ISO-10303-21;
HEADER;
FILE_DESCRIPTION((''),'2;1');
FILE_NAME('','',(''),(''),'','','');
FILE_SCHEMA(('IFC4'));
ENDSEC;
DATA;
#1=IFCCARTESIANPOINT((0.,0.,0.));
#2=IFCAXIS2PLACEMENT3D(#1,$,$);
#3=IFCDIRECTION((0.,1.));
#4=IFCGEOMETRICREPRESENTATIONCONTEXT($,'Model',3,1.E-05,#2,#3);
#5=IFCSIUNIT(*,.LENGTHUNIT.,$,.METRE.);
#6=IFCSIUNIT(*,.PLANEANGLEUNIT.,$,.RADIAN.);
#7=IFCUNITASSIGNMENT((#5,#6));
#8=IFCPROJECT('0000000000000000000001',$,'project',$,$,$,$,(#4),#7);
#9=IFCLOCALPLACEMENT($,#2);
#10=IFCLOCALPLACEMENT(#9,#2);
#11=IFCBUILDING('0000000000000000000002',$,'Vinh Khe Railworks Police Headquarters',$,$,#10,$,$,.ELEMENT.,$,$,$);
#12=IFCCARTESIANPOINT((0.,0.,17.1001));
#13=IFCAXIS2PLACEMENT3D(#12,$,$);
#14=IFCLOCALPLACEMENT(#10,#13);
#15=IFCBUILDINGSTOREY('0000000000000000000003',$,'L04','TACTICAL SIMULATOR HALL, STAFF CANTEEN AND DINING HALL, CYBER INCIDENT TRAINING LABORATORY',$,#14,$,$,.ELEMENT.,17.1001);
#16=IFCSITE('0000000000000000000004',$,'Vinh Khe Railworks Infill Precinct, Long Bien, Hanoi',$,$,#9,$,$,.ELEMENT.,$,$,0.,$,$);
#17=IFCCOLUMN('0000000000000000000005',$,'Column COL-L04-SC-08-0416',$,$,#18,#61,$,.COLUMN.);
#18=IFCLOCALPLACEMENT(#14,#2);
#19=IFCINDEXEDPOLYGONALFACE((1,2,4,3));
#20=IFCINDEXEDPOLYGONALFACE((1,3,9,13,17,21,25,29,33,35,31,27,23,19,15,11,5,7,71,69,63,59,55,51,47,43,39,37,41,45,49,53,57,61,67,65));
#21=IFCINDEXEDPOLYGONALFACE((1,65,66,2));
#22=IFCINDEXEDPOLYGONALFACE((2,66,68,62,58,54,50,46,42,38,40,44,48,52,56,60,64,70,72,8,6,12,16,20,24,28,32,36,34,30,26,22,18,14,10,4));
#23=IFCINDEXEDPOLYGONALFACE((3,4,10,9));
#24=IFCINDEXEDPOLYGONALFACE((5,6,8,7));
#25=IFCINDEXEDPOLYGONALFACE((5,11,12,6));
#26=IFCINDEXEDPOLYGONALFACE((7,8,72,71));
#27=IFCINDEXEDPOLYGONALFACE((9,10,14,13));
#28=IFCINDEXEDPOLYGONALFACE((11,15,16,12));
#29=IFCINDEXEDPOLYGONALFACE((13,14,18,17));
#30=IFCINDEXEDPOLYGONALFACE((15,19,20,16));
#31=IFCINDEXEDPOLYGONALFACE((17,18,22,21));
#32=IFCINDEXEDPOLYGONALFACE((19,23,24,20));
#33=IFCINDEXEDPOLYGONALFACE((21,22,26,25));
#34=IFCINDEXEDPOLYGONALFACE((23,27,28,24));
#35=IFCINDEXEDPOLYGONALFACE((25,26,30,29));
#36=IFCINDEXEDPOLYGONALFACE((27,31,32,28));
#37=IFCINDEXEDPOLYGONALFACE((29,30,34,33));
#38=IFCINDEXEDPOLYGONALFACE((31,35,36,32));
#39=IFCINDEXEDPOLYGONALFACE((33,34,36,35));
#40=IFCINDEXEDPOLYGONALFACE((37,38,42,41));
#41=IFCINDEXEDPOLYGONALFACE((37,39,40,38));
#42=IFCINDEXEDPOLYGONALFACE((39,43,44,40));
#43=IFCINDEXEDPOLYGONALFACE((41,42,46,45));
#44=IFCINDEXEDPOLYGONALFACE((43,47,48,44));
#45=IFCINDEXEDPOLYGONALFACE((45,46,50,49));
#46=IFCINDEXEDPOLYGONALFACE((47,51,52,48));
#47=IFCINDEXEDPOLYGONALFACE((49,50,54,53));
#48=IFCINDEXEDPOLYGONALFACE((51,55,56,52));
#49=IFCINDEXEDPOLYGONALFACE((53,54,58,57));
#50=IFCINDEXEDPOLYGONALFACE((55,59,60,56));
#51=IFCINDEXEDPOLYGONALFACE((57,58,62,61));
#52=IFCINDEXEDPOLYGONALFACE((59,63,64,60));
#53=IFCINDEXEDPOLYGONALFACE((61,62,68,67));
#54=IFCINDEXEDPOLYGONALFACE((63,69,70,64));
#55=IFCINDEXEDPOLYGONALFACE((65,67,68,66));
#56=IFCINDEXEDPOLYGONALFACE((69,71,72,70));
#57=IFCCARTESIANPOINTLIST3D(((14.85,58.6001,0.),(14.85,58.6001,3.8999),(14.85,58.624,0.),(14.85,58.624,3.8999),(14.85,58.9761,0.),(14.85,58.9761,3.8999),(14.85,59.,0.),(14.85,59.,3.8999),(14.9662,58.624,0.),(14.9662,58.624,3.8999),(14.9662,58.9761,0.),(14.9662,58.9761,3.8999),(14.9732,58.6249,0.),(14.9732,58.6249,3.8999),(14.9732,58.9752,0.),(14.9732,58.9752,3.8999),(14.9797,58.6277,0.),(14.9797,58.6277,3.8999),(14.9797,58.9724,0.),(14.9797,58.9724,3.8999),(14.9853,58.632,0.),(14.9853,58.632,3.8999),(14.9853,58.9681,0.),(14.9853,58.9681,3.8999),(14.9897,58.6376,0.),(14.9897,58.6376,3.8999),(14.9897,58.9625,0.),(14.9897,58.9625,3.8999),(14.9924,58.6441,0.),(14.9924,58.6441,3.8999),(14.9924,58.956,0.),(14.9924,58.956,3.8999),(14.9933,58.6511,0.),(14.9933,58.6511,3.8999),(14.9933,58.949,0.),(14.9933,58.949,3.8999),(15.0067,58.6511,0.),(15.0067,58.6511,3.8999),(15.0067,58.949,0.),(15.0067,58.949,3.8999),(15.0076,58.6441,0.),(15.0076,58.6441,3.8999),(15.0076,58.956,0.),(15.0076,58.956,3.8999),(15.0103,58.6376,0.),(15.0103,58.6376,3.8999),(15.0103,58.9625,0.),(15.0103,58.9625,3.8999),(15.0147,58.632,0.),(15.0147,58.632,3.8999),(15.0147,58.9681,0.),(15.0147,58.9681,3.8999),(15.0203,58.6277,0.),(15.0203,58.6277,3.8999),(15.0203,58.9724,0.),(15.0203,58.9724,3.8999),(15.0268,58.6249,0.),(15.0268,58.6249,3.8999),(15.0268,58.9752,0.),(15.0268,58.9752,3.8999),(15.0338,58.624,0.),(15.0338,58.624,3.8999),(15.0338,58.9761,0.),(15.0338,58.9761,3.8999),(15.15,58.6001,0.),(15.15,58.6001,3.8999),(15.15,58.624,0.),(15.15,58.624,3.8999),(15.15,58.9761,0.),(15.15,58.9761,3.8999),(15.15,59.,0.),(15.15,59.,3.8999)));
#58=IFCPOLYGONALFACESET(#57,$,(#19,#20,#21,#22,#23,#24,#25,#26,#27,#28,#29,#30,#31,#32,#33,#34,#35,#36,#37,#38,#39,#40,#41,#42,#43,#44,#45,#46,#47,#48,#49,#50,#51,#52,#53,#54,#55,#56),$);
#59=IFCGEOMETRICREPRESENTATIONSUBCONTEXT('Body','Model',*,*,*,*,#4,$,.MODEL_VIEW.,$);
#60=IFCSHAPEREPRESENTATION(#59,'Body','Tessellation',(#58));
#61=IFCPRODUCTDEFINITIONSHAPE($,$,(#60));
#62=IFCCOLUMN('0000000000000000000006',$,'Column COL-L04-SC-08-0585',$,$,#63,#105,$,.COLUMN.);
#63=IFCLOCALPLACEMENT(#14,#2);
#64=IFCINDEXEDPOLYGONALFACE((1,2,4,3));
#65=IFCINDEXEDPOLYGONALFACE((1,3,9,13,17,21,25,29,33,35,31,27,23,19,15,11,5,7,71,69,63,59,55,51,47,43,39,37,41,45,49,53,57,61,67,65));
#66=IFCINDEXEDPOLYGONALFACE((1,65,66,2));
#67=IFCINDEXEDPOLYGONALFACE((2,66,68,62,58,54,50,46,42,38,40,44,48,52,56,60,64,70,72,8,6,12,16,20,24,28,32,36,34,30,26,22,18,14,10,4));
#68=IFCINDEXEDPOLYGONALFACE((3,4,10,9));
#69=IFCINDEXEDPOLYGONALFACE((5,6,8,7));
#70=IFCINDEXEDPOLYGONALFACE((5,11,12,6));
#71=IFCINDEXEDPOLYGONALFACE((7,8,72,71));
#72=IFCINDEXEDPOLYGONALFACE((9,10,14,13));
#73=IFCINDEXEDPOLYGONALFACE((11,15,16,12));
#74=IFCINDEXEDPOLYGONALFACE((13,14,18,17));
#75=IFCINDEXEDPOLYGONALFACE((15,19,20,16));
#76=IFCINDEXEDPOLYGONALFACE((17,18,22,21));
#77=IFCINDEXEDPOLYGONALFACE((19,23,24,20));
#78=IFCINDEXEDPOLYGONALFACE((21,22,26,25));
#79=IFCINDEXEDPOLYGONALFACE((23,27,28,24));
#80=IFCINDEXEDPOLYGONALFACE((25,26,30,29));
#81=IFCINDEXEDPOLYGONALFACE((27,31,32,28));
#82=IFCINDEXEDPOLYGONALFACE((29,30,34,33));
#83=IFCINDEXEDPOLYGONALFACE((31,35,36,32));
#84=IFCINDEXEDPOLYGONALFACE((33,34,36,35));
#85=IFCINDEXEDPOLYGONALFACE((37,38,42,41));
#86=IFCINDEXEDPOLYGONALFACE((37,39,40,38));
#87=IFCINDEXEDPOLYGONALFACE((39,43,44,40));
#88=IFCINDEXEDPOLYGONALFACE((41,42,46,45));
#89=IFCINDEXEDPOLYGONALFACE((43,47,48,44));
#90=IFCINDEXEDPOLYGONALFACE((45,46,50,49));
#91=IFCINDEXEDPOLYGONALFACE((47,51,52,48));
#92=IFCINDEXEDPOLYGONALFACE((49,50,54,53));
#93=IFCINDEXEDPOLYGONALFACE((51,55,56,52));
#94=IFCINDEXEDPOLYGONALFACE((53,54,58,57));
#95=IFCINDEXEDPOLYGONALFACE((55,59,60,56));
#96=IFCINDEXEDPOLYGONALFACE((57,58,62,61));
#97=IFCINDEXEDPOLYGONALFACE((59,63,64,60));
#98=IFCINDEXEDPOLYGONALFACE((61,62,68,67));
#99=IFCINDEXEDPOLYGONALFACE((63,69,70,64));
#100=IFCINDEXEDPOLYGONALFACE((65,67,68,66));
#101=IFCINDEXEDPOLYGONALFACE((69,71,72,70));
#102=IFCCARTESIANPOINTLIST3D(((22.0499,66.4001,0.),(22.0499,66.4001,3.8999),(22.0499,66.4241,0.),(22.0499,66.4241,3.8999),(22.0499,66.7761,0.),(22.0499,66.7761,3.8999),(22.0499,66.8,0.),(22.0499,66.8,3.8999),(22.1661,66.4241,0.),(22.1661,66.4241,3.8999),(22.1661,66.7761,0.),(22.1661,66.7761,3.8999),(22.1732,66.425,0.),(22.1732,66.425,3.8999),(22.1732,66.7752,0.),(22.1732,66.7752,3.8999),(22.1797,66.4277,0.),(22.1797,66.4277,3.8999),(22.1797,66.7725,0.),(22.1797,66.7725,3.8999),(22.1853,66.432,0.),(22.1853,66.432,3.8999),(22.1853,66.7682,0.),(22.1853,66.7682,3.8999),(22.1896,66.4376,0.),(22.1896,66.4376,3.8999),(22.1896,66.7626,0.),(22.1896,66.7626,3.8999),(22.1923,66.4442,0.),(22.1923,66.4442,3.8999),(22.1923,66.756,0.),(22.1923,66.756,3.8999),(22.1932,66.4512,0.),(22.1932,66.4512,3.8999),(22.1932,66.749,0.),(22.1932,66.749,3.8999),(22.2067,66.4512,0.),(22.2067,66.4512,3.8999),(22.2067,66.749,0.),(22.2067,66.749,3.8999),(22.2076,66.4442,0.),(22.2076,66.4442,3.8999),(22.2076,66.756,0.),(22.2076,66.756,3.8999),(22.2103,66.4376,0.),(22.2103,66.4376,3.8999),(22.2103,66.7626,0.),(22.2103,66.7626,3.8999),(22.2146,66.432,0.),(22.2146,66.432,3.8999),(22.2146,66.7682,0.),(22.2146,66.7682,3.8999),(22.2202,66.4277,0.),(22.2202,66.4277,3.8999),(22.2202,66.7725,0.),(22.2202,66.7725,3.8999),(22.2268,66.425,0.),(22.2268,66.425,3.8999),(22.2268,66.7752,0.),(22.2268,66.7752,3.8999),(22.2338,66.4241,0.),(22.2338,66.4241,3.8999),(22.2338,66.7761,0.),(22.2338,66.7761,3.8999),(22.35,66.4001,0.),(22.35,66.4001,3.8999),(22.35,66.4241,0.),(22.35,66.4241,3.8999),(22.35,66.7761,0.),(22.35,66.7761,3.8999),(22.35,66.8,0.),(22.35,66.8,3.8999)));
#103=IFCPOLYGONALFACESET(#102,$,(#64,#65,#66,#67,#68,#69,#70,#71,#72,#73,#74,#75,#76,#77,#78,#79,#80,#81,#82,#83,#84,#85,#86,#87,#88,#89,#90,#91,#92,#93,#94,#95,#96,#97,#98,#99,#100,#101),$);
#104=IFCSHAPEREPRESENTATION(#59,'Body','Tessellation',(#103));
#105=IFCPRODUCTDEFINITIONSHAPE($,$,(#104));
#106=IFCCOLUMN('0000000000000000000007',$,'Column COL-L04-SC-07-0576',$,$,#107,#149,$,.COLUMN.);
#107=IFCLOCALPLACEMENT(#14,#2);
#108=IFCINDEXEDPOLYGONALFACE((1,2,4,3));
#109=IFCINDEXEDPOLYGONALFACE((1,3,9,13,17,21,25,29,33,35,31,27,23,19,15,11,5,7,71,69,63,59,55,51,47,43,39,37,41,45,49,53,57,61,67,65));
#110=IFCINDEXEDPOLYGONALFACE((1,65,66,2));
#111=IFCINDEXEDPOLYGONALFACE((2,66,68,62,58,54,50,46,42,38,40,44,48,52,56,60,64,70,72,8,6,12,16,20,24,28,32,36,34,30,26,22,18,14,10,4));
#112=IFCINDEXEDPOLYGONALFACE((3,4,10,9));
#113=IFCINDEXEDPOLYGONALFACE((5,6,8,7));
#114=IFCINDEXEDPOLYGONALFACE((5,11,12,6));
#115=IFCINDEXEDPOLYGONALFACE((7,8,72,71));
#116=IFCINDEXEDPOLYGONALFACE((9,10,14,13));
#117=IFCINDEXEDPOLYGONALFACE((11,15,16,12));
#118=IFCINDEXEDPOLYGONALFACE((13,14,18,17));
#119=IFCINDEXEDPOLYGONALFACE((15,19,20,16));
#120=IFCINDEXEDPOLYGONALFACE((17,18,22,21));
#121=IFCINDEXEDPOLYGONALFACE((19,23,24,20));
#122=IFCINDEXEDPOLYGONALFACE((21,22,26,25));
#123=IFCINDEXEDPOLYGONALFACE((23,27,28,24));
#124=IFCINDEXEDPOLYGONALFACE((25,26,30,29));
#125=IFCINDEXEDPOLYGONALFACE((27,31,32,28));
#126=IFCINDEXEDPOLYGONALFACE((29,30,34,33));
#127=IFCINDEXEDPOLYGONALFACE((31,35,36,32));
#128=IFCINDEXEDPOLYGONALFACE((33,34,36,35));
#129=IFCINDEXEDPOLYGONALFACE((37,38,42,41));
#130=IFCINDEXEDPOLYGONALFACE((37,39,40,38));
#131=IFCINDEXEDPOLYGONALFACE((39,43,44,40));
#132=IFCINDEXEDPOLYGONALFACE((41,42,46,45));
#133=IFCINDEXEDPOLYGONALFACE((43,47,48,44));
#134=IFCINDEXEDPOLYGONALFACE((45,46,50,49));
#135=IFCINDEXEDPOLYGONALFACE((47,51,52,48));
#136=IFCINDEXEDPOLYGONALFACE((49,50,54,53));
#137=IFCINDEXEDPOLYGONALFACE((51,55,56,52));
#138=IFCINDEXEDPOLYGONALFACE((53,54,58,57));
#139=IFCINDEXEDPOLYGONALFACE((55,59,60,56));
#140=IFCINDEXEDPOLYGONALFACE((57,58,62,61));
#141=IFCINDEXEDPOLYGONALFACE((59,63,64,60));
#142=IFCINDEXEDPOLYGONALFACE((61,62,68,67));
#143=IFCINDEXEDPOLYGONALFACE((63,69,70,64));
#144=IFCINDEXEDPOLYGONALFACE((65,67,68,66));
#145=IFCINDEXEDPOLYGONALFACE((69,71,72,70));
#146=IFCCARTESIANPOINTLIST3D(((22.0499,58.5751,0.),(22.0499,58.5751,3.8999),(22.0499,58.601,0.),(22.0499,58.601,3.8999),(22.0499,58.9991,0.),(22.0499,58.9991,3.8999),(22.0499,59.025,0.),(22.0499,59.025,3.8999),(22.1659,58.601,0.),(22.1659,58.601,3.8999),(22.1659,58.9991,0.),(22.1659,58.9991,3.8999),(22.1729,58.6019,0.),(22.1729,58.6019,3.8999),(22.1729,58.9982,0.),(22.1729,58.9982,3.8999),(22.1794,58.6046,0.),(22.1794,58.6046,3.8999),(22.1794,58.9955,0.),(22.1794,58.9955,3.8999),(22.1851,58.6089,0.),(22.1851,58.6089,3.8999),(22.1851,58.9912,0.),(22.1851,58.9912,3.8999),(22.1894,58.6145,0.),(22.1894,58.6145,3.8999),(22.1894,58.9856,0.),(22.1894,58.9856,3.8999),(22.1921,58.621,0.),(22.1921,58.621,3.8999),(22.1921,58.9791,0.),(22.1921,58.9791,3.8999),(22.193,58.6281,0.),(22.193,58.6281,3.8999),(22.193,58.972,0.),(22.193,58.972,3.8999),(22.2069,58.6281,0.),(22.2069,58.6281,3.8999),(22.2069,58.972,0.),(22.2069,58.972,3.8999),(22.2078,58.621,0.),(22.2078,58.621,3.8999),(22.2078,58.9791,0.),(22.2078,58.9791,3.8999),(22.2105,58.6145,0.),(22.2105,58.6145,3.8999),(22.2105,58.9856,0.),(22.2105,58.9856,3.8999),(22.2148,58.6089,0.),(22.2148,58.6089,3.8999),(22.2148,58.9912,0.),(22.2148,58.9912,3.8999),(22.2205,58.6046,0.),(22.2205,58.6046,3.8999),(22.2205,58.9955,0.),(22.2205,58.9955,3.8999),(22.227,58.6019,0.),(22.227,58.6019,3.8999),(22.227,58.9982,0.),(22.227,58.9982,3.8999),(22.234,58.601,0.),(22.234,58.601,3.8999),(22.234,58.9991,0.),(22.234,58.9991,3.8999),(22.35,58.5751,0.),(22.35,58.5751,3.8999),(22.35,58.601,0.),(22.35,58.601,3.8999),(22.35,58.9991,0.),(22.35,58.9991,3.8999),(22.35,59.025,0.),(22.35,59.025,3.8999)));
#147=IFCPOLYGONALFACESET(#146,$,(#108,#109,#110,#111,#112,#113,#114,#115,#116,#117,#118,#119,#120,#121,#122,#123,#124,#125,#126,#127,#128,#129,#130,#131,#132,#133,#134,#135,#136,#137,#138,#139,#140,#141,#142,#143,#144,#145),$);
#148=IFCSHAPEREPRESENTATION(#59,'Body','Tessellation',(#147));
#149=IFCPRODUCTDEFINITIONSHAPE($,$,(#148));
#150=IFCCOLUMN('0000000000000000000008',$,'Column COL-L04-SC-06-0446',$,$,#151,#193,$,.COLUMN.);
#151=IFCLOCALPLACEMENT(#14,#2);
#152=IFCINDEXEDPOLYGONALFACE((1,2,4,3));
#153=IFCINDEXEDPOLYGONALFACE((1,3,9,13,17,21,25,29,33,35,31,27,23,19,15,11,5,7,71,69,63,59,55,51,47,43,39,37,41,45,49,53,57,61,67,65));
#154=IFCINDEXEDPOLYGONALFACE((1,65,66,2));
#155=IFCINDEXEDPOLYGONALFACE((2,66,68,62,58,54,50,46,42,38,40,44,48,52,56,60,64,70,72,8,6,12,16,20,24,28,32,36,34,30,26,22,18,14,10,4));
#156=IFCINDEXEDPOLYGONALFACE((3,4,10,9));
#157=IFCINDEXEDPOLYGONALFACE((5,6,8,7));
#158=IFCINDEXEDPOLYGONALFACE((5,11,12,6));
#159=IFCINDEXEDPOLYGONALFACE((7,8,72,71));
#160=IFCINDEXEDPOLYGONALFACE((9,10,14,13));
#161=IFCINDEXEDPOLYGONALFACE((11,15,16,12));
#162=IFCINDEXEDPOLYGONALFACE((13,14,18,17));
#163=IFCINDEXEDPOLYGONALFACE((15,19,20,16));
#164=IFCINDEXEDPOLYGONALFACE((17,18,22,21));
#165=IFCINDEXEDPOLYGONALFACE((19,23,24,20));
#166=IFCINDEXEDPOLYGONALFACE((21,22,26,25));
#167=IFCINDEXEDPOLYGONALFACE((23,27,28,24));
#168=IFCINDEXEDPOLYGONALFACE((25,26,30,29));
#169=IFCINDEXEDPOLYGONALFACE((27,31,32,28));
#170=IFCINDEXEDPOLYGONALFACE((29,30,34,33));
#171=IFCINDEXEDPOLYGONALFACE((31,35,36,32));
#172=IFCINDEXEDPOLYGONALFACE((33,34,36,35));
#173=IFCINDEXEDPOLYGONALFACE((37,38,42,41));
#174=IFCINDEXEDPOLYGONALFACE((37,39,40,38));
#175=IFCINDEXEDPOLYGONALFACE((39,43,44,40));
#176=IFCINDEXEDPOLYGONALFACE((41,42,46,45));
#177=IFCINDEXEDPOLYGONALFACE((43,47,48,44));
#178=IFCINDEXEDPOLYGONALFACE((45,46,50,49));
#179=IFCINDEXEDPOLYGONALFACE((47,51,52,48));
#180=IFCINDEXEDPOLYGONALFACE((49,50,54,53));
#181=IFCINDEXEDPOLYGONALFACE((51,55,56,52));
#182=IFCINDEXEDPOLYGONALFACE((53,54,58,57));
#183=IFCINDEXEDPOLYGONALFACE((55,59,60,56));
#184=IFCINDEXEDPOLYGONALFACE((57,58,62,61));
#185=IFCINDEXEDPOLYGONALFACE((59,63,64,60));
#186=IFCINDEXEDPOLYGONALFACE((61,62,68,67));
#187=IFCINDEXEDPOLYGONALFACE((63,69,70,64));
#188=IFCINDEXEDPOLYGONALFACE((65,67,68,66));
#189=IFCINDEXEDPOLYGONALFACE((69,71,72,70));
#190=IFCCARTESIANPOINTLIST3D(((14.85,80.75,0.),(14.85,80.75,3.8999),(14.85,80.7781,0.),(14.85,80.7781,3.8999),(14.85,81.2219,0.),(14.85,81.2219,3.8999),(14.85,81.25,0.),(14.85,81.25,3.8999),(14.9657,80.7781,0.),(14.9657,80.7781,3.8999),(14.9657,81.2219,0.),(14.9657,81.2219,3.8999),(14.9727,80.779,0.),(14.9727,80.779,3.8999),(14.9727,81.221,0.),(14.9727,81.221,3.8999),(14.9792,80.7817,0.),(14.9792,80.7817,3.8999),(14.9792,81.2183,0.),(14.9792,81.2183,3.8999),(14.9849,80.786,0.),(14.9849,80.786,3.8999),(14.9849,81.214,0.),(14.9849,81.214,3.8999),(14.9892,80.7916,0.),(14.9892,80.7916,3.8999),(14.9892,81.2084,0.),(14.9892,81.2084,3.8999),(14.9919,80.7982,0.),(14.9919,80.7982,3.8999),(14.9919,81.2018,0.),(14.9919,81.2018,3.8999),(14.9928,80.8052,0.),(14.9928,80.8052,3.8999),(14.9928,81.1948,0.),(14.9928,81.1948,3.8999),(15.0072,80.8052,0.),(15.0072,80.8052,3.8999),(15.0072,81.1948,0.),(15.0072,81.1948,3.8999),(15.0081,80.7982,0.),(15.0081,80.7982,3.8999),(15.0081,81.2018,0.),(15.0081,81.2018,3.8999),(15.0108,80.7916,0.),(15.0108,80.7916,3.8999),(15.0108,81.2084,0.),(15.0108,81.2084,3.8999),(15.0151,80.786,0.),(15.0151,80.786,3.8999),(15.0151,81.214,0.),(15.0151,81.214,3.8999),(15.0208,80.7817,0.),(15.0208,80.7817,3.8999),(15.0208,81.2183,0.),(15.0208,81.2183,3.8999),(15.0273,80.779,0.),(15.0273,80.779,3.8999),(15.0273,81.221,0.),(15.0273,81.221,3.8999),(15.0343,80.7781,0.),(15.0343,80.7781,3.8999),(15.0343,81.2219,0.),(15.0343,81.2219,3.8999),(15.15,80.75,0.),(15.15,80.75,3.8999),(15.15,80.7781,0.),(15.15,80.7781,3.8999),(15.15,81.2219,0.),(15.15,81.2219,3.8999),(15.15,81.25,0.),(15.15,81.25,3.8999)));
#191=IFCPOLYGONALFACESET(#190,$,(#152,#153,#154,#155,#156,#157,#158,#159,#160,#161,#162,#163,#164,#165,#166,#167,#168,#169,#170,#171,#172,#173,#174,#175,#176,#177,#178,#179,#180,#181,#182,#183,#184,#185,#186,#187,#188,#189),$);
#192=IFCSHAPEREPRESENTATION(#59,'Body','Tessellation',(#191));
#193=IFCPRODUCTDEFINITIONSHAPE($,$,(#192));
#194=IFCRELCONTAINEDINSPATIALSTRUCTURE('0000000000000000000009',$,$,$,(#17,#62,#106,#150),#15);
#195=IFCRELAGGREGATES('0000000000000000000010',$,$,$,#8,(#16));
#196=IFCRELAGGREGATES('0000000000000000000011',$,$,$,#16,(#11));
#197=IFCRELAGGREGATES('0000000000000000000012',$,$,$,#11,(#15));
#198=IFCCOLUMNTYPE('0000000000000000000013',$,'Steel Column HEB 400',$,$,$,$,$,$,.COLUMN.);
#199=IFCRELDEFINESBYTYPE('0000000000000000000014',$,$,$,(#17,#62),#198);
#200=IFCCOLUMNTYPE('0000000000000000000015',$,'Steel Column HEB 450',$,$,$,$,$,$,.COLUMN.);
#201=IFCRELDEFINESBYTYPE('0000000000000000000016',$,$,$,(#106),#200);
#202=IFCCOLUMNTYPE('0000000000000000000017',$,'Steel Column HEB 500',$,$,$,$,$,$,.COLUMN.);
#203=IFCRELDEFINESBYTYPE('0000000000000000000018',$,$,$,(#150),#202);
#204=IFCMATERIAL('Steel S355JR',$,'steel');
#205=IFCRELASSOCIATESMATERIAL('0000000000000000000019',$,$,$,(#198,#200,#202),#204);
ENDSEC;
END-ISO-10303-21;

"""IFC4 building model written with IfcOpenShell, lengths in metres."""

from ifc_helpers import new_model, si_unit, direction, frame, origin, origin_2d, place, context, subcontext, project, spatial, i_section, extrude, material, material_profile, profile_set, type_object, element, save


model = new_model("IFC4")

# Units and contexts
model_context = context("Model", 3, precision=1e-05, world=origin(), true_north=direction((0.0, 1.0)))
body_context = subcontext(model_context, "Body", "Model", "MODEL_VIEW")
ifc_project = project(units=[si_unit("LENGTHUNIT", "METRE"), si_unit("PLANEANGLEUNIT", "RADIAN")], contexts=[model_context])

# Site, building, storey
site_placement = place(None, origin())
site = spatial("IfcSite", under=ifc_project, at=site_placement, Name="Vinh Khe Railworks Infill Precinct, Long Bien, Hanoi", CompositionType="ELEMENT", RefElevation=0.0)
building_placement = place(site_placement, origin())
building = spatial("IfcBuilding", under=site, at=building_placement, Name="Vinh Khe Railworks Police Headquarters", CompositionType="ELEMENT")
storey_placement = place(building_placement, frame((0.0, 0.0, 17.1001)))
storey = spatial("IfcBuildingStorey", under=building, at=storey_placement, Name="L04", Description="TACTICAL SIMULATOR HALL, STAFF CANTEEN AND DINING HALL, CYBER INCIDENT TRAINING LABORATORY", CompositionType="ELEMENT", Elevation=17.1001)

# Columns
ifc_material_1 = material(Name="Steel S355JR", Category="steel")
ifc_material_profile_1 = material_profile(ifc_material_1, i_section(OverallWidth=0.3, OverallDepth=0.3999, WebThickness=0.0134, FlangeThickness=0.0239, FilletRadius=0.0271, at=origin_2d()), Name="HEB 400")
ifc_profile_set_1 = profile_set([ifc_material_profile_1], Name="Steel S355JR")
column_type_1 = type_object("IfcColumnType", Name="Steel Column HEB 400", PredefinedType="COLUMN", material=ifc_profile_set_1)
for number, where, z_axis, x_axis, name in (
    (1, (15.0, 58.8, 0.0), (0.0, 0.0, 1.0), (1.0, 0.0, 0.0), "Column COL-L04-SC-08-0416"),
    (2, (22.2, 66.6001, 0.0), (0.0, 0.0, 1.0), (1.0, 0.0, 0.0), "Column COL-L04-SC-08-0585"),
):
    element("IfcColumn", number, at=place(storey_placement, frame(where, z_axis=z_axis, x_axis=x_axis)), inside=storey, type_object=column_type_1, Name=name, PredefinedType="COLUMN", context=body_context, shape_type="SweptSolid", body=[
        extrude(i_section(OverallWidth=0.3, OverallDepth=0.3999, WebThickness=0.0134, FlangeThickness=0.0239, FilletRadius=0.0271, at=origin_2d()), origin(), (0.0, 0.0, 1.0), 3.8999),
    ])
ifc_material_profile_2 = material_profile(ifc_material_1, i_section(OverallWidth=0.3, OverallDepth=0.45, WebThickness=0.0139, FlangeThickness=0.0259, FilletRadius=0.0271, at=origin_2d()), Name="HEB 450")
ifc_profile_set_2 = profile_set([ifc_material_profile_2], Name="Steel S355JR")
column_type_2 = type_object("IfcColumnType", Name="Steel Column HEB 450", PredefinedType="COLUMN", material=ifc_profile_set_2)
column_1_placement = place(storey_placement, frame((22.2, 58.8, 0.0), z_axis=(0.0, 0.0, 1.0), x_axis=(1.0, 0.0, 0.0)))
element("IfcColumn", 3, at=column_1_placement, inside=storey, type_object=column_type_2, Name="Column COL-L04-SC-07-0576", PredefinedType="COLUMN", context=body_context, shape_type="SweptSolid", body=[
    extrude(i_section(OverallWidth=0.3, OverallDepth=0.45, WebThickness=0.0139, FlangeThickness=0.0259, FilletRadius=0.0271, at=origin_2d()), origin(), (0.0, 0.0, 1.0), 3.8999),
])
ifc_material_profile_3 = material_profile(ifc_material_1, i_section(OverallWidth=0.3, OverallDepth=0.5, WebThickness=0.0144, FlangeThickness=0.0281, FilletRadius=0.0271, at=origin_2d()), Name="HEB 500")
ifc_profile_set_3 = profile_set([ifc_material_profile_3], Name="Steel S355JR")
column_type_3 = type_object("IfcColumnType", Name="Steel Column HEB 500", PredefinedType="COLUMN", material=ifc_profile_set_3)
column_2_placement = place(storey_placement, frame((15.0, 81.0, 0.0), z_axis=(0.0, 0.0, 1.0), x_axis=(1.0, 0.0, 0.0)))
element("IfcColumn", 4, at=column_2_placement, inside=storey, type_object=column_type_3, Name="Column COL-L04-SC-06-0446", PredefinedType="COLUMN", context=body_context, shape_type="SweptSolid", body=[
    extrude(i_section(OverallWidth=0.3, OverallDepth=0.5, WebThickness=0.0144, FlangeThickness=0.0281, FilletRadius=0.0271, at=origin_2d()), origin(), (0.0, 0.0, 1.0), 3.8999),
])

save(model, "model.ifc")
